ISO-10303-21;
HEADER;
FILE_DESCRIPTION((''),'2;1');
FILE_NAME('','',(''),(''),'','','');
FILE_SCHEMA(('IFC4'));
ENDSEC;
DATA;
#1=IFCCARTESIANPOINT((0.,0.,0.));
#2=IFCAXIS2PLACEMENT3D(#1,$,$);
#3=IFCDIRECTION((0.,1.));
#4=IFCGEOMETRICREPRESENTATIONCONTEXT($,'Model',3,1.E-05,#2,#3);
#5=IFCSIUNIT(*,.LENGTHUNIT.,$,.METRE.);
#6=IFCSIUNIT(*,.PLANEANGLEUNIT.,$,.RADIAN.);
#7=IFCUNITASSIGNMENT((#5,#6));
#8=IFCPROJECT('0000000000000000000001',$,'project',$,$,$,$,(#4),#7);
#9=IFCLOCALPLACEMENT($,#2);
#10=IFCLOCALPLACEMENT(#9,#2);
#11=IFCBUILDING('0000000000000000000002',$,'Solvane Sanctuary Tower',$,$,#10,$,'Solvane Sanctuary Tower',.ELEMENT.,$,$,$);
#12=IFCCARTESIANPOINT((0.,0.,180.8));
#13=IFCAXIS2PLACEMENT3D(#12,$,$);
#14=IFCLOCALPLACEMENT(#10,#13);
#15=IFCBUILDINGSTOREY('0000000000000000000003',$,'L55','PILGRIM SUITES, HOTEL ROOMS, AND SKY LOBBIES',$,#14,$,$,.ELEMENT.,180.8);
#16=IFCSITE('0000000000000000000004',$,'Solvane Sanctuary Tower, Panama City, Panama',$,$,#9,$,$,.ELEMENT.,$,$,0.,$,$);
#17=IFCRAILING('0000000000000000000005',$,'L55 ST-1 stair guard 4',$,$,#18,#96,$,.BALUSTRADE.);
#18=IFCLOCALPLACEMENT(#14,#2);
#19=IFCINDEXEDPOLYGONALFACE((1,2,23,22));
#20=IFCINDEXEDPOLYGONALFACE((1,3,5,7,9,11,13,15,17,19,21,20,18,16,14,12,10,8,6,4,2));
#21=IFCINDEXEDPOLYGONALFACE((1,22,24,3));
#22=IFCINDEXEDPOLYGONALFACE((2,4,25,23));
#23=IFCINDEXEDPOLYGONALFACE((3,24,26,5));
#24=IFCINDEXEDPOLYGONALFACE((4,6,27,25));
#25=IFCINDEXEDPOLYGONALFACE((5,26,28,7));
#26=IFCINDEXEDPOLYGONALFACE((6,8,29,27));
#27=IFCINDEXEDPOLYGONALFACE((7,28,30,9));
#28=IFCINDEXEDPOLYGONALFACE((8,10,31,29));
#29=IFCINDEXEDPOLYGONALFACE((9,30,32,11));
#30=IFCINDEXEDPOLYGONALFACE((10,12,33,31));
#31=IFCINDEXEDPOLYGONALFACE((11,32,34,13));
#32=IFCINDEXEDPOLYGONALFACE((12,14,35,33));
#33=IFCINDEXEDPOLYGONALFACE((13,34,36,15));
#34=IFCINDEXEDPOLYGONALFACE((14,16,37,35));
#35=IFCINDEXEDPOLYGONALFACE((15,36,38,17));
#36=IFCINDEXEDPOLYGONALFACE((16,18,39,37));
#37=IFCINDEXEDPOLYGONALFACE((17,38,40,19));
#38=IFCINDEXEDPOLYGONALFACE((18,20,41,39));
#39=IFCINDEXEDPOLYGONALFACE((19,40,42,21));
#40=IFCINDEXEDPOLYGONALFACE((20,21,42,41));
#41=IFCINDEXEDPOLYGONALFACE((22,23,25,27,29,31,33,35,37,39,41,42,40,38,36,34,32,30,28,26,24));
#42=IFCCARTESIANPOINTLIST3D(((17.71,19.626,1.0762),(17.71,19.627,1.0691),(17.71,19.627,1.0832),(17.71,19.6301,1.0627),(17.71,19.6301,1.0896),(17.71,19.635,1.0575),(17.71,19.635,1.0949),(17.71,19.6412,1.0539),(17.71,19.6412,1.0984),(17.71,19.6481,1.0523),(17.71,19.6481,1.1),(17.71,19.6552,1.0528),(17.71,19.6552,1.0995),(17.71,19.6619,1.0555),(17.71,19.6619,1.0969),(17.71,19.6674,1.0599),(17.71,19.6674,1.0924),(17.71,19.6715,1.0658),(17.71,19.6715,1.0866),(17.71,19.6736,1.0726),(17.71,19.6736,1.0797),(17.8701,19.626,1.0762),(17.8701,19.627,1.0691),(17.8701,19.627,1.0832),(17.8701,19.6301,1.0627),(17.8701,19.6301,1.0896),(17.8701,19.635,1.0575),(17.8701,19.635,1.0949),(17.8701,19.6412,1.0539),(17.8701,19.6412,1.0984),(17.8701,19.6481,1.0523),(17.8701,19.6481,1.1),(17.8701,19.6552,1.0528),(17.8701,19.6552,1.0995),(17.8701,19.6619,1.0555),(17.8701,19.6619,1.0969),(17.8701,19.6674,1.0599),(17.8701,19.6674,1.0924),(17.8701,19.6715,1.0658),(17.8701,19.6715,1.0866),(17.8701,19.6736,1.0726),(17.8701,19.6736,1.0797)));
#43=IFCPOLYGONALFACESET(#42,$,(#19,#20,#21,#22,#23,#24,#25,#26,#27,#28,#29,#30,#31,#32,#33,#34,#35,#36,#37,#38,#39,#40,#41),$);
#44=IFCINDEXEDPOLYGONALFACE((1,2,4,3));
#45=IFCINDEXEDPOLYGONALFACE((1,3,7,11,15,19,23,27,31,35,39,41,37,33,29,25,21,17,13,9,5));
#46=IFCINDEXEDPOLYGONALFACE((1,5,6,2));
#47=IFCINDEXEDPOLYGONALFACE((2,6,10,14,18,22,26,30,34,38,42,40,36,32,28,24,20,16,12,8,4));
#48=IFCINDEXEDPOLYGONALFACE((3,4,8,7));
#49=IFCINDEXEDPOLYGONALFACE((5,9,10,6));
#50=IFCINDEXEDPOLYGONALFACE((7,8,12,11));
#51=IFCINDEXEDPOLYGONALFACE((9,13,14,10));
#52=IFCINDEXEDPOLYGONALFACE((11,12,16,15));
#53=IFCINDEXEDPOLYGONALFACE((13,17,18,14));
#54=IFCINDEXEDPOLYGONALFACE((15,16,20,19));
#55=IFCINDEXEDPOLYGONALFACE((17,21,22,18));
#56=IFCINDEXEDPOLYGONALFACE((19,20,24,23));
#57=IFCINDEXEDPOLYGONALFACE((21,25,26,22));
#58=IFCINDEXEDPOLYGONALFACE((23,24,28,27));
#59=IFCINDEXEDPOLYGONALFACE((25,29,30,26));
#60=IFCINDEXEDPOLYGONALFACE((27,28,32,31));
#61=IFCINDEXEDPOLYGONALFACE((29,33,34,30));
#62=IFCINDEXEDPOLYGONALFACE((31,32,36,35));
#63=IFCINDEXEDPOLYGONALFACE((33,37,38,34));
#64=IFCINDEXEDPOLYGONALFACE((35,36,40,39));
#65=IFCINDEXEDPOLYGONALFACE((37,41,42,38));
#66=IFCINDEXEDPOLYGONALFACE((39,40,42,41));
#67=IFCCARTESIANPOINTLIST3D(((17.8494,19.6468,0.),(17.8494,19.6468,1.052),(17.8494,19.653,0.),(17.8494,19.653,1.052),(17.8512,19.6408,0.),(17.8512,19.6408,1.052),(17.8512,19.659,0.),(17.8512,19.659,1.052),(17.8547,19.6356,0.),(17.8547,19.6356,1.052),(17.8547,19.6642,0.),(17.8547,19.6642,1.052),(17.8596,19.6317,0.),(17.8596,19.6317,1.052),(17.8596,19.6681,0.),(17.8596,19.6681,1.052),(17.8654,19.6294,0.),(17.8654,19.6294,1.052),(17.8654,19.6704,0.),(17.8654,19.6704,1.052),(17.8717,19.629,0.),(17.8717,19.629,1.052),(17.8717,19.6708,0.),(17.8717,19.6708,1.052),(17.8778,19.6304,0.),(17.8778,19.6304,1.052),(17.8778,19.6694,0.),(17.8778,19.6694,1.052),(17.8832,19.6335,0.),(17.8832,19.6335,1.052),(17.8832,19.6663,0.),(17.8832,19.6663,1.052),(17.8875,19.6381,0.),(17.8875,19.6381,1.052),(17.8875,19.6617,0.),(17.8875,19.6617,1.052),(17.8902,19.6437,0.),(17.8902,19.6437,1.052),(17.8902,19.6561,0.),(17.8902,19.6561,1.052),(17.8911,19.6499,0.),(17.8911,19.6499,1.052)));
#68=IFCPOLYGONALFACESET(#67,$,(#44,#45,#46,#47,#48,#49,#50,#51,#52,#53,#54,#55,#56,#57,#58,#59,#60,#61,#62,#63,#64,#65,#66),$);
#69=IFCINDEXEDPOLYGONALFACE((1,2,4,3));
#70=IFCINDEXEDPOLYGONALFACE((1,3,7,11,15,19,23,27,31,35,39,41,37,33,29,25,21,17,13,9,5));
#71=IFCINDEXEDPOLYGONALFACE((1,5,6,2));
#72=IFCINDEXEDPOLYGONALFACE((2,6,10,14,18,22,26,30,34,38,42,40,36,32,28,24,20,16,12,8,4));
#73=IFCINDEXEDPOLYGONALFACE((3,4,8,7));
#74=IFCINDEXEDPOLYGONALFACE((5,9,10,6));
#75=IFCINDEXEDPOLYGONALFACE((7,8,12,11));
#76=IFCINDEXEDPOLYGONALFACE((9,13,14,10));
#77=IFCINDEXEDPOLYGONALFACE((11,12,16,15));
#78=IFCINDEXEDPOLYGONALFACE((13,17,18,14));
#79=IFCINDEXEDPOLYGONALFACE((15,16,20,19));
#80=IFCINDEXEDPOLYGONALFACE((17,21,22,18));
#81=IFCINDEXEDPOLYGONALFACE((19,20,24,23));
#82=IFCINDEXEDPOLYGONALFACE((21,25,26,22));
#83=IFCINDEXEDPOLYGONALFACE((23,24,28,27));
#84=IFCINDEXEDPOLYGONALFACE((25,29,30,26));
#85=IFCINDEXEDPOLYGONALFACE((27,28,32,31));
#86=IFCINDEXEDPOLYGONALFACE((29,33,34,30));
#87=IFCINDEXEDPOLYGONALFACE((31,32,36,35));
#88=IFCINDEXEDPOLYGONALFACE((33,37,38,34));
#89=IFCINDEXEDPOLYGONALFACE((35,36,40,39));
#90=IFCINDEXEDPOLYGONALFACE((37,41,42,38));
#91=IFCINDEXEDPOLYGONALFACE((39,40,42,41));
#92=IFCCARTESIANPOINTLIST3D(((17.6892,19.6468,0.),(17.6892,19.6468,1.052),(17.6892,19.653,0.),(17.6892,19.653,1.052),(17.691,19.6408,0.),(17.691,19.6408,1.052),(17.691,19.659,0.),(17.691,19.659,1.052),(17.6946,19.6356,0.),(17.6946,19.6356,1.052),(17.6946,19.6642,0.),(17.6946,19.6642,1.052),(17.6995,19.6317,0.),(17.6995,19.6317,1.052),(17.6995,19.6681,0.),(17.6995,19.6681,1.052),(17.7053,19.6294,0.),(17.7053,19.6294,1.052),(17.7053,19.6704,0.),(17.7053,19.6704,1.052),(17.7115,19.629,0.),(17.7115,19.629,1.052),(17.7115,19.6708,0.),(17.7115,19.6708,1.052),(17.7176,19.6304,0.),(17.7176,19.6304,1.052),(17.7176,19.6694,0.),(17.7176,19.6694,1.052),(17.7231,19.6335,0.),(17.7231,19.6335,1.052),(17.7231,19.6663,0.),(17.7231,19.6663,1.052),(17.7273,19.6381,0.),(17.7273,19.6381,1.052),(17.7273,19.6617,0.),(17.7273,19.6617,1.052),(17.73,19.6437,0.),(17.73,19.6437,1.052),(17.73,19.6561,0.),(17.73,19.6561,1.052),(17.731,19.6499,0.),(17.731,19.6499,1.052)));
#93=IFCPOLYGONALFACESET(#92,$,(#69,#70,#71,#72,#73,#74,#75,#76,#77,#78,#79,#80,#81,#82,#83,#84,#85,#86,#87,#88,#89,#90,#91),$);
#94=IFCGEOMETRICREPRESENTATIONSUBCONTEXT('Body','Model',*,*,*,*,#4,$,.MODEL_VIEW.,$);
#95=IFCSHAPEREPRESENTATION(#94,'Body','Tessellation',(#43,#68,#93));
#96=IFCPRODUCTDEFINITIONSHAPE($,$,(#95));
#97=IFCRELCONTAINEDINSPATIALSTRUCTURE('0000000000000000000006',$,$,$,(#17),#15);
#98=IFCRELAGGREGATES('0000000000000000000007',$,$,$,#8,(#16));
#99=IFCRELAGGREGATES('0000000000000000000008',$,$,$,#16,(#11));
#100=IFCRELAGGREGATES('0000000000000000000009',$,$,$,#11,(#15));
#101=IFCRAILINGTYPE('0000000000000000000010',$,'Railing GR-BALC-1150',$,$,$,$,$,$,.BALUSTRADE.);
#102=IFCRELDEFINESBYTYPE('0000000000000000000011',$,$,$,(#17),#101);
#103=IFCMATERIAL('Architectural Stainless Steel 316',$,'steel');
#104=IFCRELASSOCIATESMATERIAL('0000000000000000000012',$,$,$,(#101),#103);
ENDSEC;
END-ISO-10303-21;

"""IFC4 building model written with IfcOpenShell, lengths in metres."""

from ifc_helpers import new_model, si_unit, direction, frame, origin, origin_2d, place, context, subcontext, project, spatial, circle, extrude, material, type_object, element, save


model = new_model("IFC4")

# Units and contexts
model_context = context("Model", 3, precision=1e-05, world=origin(), true_north=direction((0.0, 1.0)))
body_context = subcontext(model_context, "Body", "Model", "MODEL_VIEW")
ifc_project = project(units=[si_unit("LENGTHUNIT", "METRE"), si_unit("PLANEANGLEUNIT", "RADIAN")], contexts=[model_context])

# Site, building, storey
site_placement = place(None, origin())
site = spatial("IfcSite", under=ifc_project, at=site_placement, Name="Solvane Sanctuary Tower, Panama City, Panama", CompositionType="ELEMENT", RefElevation=0.0)
building_placement = place(site_placement, origin())
building = spatial("IfcBuilding", under=site, at=building_placement, Name="Solvane Sanctuary Tower", LongName="Solvane Sanctuary Tower", CompositionType="ELEMENT")
storey_placement = place(building_placement, frame((0.0, 0.0, 180.8)))
storey = spatial("IfcBuildingStorey", under=building, at=storey_placement, Name="L55", Description="PILGRIM SUITES, HOTEL ROOMS, AND SKY LOBBIES", CompositionType="ELEMENT", Elevation=180.8)

# Shared definitions
ifc_material_1 = material(Name="Architectural Stainless Steel 316", Category="steel")

# Railing
railing_type = type_object("IfcRailingType", Name="Railing GR-BALC-1150", PredefinedType="BALUSTRADE", material=ifc_material_1)
railing_1_placement = place(storey_placement, frame((17.8701, 19.6499, 0.0)))
element("IfcRailing", 1, at=railing_1_placement, inside=storey, type_object=railing_type, Name="L55 ST-1 stair guard 4", PredefinedType="BALUSTRADE", context=body_context, shape_type="SweptSolid", body=[
    extrude(circle(Radius=0.0239, at=origin_2d()), frame((0.0, 0.0, 1.0762), z_axis=(-1.0, 0.0, 0.0), x_axis=(0.0, -1.0, 0.0)), (0.0, 0.0, 1.0), 0.1602),
    extrude(circle(Radius=0.021, at=origin_2d()), origin(), (0.0, 0.0, 1.0), 1.052),
    extrude(circle(Radius=0.021, at=origin_2d()), frame((-0.1602, 0.0, 0.0)), (0.0, 0.0, 1.0), 1.052),
])

save(model, "model.ifc")
